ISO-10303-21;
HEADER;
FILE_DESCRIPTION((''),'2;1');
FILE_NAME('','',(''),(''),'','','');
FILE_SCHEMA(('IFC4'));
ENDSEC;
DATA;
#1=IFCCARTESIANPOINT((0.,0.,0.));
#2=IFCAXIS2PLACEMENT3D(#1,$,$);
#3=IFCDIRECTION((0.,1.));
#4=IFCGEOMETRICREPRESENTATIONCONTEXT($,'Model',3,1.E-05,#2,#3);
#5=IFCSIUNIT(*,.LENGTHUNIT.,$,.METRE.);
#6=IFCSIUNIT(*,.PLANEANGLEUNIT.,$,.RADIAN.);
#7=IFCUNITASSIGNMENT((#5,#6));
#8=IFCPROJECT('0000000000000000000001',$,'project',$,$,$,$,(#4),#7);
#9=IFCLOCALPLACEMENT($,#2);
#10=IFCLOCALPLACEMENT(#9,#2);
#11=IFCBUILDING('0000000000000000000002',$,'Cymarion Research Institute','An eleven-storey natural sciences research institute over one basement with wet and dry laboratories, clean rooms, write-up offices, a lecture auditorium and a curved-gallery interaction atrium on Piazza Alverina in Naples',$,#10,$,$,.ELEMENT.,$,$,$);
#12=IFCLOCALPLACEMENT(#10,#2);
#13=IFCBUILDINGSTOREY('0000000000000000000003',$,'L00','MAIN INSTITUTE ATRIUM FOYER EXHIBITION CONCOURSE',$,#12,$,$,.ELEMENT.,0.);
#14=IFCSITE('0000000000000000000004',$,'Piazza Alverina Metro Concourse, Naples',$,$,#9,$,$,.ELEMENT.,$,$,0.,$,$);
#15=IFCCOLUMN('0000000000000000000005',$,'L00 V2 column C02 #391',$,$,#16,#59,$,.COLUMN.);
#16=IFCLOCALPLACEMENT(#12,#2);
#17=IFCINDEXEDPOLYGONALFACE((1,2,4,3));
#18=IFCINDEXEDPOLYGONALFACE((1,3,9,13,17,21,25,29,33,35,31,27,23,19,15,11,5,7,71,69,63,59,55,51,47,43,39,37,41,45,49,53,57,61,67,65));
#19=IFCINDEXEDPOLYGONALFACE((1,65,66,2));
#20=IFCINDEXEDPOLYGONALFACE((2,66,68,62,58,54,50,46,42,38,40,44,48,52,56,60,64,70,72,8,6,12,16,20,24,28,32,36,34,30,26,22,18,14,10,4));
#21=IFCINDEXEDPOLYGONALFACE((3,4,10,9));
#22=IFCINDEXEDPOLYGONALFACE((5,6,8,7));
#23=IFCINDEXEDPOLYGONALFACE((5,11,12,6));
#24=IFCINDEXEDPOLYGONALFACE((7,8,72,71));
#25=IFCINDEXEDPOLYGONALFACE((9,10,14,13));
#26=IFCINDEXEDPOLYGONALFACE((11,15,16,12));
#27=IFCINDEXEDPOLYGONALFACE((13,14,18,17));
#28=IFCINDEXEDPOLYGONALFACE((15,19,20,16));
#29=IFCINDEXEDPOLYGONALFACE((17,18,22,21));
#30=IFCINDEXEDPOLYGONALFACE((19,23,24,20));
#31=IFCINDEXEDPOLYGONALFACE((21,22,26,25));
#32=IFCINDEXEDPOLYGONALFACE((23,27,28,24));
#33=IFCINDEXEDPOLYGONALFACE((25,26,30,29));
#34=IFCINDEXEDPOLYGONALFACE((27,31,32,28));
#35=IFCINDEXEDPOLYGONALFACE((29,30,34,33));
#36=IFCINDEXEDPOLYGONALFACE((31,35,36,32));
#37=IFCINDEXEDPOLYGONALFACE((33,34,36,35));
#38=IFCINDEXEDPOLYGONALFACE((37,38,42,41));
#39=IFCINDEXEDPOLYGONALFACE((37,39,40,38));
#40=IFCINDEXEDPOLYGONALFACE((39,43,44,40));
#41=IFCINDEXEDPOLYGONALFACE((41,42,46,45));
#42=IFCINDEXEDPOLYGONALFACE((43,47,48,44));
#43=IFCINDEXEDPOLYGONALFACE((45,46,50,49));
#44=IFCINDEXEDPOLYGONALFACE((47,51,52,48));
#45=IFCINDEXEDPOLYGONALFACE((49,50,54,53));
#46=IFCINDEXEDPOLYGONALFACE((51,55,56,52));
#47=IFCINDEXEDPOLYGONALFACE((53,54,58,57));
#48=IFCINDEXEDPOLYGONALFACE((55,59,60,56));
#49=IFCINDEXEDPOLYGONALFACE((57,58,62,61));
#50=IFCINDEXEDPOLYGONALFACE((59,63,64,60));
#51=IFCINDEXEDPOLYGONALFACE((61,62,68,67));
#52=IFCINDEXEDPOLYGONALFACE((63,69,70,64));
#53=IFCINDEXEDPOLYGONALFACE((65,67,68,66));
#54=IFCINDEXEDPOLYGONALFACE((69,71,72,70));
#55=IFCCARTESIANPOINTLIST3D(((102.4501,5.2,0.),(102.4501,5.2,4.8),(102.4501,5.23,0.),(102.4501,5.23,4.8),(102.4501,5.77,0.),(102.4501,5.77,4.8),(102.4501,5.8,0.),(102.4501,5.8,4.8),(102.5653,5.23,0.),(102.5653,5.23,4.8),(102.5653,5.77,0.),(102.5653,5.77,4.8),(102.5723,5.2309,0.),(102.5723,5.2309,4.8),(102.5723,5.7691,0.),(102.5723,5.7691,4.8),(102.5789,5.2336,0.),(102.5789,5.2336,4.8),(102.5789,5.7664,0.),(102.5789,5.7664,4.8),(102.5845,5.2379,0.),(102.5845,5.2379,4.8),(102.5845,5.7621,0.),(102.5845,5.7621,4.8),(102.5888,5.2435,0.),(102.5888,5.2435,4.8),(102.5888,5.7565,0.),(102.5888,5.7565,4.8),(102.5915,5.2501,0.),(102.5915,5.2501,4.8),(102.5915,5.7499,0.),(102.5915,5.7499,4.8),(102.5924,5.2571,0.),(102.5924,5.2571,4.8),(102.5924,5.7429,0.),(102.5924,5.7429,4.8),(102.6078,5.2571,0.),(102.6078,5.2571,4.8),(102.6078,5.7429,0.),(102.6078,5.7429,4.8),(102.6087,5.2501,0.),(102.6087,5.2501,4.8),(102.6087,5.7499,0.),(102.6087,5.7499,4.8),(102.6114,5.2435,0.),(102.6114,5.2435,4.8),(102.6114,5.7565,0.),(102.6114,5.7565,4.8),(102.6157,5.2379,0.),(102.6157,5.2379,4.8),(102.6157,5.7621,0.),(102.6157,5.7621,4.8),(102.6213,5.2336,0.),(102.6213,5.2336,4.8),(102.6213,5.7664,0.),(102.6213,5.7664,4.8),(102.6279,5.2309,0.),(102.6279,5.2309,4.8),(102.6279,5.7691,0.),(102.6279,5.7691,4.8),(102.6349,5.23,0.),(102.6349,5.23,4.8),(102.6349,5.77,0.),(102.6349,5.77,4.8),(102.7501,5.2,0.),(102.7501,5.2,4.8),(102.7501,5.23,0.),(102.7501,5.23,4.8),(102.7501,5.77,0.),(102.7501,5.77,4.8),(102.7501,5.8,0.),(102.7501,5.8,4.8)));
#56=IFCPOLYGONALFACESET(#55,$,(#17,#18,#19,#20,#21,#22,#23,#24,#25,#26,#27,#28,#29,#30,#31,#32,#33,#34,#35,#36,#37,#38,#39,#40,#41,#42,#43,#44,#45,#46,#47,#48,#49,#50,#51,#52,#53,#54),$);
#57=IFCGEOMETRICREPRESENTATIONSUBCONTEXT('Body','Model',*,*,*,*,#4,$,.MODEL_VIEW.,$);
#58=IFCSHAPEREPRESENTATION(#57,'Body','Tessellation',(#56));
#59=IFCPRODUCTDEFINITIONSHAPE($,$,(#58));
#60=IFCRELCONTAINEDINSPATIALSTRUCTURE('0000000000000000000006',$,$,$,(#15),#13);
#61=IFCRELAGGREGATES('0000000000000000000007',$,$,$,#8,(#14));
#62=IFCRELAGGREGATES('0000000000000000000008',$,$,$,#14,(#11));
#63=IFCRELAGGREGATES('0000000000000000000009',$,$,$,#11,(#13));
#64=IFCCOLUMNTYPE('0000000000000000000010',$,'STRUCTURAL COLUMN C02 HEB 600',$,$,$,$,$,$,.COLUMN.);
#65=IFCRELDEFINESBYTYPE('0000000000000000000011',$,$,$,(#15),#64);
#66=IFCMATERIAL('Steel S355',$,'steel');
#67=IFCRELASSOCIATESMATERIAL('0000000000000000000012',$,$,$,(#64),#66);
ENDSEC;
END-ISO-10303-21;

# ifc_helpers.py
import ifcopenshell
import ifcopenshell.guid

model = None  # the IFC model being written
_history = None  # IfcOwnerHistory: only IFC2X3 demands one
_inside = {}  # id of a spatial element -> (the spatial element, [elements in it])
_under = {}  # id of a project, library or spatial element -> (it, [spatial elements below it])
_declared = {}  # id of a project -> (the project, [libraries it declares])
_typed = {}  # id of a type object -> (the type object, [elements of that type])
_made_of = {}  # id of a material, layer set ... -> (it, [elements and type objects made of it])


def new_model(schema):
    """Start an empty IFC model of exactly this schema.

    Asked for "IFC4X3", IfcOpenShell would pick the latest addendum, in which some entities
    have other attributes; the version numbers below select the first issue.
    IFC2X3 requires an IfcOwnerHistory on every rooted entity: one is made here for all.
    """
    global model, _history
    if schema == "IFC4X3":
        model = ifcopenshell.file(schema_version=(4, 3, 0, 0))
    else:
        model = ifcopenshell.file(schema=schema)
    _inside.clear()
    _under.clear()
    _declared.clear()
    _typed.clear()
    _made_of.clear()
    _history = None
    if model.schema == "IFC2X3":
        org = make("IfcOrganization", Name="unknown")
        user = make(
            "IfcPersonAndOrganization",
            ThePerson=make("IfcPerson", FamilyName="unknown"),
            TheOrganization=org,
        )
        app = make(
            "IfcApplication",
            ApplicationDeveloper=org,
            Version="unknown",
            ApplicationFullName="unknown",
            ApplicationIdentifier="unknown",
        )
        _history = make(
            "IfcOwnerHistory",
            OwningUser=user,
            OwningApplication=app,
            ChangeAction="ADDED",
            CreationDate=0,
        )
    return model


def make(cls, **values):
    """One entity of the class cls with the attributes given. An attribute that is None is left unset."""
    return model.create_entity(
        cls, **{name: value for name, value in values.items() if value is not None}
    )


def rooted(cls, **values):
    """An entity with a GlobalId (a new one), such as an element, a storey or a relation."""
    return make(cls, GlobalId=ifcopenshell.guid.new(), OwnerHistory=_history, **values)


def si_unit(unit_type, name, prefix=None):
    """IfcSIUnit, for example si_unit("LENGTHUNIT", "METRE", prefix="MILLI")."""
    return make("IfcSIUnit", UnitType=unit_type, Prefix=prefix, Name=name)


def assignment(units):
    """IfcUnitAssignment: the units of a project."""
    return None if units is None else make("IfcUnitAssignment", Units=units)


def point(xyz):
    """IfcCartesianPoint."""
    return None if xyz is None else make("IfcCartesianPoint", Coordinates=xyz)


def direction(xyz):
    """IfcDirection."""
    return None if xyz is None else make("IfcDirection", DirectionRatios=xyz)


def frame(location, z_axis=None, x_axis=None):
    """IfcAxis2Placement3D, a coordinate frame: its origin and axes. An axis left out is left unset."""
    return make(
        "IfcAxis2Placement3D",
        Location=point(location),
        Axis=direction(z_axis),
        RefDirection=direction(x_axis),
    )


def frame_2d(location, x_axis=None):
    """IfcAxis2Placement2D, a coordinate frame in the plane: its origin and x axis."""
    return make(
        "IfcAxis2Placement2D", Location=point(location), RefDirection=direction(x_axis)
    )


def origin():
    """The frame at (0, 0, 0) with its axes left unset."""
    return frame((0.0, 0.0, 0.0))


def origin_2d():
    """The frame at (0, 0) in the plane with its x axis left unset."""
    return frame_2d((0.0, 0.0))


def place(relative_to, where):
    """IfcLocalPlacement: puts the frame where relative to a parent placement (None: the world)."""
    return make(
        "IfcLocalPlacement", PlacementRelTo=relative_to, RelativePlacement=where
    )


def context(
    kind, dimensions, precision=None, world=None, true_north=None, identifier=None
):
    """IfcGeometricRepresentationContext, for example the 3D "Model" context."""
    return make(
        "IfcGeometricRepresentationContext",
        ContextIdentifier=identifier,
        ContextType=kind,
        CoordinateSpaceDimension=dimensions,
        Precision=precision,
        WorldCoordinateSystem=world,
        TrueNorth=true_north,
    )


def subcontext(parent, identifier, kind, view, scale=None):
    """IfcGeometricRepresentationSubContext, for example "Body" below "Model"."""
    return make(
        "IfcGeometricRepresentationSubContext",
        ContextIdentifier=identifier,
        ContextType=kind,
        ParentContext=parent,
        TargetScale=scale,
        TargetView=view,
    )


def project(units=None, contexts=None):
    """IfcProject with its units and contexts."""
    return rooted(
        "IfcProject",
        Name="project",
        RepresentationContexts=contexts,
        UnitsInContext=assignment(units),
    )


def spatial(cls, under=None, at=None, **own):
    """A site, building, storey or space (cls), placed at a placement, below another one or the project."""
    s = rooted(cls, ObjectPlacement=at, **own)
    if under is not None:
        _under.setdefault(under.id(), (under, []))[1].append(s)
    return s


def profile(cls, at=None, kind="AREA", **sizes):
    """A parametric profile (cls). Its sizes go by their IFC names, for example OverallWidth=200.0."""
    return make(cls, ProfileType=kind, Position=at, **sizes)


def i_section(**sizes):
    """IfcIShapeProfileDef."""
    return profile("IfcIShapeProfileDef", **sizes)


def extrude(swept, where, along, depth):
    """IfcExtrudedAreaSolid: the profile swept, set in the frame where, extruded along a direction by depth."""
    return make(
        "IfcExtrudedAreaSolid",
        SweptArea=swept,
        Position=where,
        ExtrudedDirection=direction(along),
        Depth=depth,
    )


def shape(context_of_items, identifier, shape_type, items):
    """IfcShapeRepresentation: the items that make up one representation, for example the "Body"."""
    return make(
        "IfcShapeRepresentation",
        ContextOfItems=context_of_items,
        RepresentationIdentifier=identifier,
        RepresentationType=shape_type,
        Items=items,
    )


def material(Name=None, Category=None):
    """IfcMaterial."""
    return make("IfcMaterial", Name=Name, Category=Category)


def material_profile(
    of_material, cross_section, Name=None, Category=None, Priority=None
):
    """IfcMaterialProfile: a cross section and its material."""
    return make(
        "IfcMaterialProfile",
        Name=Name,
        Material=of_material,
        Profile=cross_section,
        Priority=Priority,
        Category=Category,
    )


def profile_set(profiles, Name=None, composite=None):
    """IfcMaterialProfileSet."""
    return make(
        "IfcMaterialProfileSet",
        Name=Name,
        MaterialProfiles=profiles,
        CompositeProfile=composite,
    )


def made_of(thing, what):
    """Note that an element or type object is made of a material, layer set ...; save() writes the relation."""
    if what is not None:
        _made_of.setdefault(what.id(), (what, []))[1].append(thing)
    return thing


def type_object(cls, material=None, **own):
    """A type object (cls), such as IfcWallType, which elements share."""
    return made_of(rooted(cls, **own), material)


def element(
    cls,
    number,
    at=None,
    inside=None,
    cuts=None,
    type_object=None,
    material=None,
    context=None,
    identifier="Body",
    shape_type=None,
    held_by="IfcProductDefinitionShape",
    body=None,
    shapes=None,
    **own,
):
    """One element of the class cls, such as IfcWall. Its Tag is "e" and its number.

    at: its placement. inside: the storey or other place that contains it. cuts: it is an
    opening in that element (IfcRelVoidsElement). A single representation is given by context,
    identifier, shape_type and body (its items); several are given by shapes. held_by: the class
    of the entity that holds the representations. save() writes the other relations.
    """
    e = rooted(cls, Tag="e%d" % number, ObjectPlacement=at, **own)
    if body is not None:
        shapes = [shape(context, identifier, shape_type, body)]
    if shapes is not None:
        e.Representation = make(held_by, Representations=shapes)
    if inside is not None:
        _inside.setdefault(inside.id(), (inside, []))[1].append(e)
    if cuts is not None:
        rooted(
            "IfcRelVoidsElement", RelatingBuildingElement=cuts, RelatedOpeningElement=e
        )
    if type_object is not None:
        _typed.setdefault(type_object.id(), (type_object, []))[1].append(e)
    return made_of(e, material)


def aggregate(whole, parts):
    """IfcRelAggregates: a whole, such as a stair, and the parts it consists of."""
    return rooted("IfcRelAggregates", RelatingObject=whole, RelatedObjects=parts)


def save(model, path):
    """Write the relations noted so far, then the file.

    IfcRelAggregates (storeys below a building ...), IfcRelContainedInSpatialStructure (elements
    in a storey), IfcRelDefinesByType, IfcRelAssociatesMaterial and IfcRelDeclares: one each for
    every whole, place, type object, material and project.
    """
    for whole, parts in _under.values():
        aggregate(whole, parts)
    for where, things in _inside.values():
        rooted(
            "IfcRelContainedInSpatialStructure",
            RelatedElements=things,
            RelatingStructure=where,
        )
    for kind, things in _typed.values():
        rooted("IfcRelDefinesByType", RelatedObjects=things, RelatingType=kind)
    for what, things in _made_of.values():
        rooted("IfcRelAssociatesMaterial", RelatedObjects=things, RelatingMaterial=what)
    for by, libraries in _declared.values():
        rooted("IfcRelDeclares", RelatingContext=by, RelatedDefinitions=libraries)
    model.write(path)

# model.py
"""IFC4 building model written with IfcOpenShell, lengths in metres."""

from ifc_helpers import new_model, si_unit, direction, frame, origin, origin_2d, place, context, subcontext, project, spatial, i_section, extrude, material, material_profile, profile_set, type_object, element, save


model = new_model("IFC4")

# Units and contexts
model_context = context("Model", 3, precision=1e-05, world=origin(), true_north=direction((0.0, 1.0)))
body_context = subcontext(model_context, "Body", "Model", "MODEL_VIEW")
ifc_project = project(units=[si_unit("LENGTHUNIT", "METRE"), si_unit("PLANEANGLEUNIT", "RADIAN")], contexts=[model_context])

# Site, building, storey
site_placement = place(None, origin())
site = spatial("IfcSite", under=ifc_project, at=site_placement, Name="Piazza Alverina Metro Concourse, Naples", CompositionType="ELEMENT", RefElevation=0.0)
building_placement = place(site_placement, origin())
building = spatial("IfcBuilding", under=site, at=building_placement, Name="Cymarion Research Institute", Description="An eleven-storey natural sciences research institute over one basement with wet and dry laboratories, clean rooms, write-up offices, a lecture auditorium and a curved-gallery interaction atrium on Piazza Alverina in Naples", CompositionType="ELEMENT")
storey_placement = place(building_placement, origin())
storey = spatial("IfcBuildingStorey", under=building, at=storey_placement, Name="L00", Description="MAIN INSTITUTE ATRIUM FOYER EXHIBITION CONCOURSE", CompositionType="ELEMENT", Elevation=0.0)

# Column
ifc_material_1 = material(Name="Steel S355", Category="steel")
ifc_material_profile = material_profile(ifc_material_1, i_section(OverallWidth=0.3, OverallDepth=0.6001, WebThickness=0.0154, FlangeThickness=0.03, FilletRadius=0.0271, at=origin_2d()), Name="HEB 600")
ifc_profile_set = profile_set([ifc_material_profile], Name="Steel S355")
column_type = type_object("IfcColumnType", Name="STRUCTURAL COLUMN C02 HEB 600", PredefinedType="COLUMN", material=ifc_profile_set)
column_placement = place(storey_placement, frame((102.6001, 5.5, 0.0), z_axis=(0.0, 0.0, 1.0), x_axis=(1.0, 0.0, 0.0)))
element("IfcColumn", 1, at=column_placement, inside=storey, type_object=column_type, Name="L00 V2 column C02 #391", PredefinedType="COLUMN", context=body_context, shape_type="SweptSolid", body=[
    extrude(i_section(OverallWidth=0.3, OverallDepth=0.6001, WebThickness=0.0154, FlangeThickness=0.03, FilletRadius=0.0271, at=origin_2d()), origin(), (0.0, 0.0, 1.0), 4.8),
])

save(model, "model.ifc")
